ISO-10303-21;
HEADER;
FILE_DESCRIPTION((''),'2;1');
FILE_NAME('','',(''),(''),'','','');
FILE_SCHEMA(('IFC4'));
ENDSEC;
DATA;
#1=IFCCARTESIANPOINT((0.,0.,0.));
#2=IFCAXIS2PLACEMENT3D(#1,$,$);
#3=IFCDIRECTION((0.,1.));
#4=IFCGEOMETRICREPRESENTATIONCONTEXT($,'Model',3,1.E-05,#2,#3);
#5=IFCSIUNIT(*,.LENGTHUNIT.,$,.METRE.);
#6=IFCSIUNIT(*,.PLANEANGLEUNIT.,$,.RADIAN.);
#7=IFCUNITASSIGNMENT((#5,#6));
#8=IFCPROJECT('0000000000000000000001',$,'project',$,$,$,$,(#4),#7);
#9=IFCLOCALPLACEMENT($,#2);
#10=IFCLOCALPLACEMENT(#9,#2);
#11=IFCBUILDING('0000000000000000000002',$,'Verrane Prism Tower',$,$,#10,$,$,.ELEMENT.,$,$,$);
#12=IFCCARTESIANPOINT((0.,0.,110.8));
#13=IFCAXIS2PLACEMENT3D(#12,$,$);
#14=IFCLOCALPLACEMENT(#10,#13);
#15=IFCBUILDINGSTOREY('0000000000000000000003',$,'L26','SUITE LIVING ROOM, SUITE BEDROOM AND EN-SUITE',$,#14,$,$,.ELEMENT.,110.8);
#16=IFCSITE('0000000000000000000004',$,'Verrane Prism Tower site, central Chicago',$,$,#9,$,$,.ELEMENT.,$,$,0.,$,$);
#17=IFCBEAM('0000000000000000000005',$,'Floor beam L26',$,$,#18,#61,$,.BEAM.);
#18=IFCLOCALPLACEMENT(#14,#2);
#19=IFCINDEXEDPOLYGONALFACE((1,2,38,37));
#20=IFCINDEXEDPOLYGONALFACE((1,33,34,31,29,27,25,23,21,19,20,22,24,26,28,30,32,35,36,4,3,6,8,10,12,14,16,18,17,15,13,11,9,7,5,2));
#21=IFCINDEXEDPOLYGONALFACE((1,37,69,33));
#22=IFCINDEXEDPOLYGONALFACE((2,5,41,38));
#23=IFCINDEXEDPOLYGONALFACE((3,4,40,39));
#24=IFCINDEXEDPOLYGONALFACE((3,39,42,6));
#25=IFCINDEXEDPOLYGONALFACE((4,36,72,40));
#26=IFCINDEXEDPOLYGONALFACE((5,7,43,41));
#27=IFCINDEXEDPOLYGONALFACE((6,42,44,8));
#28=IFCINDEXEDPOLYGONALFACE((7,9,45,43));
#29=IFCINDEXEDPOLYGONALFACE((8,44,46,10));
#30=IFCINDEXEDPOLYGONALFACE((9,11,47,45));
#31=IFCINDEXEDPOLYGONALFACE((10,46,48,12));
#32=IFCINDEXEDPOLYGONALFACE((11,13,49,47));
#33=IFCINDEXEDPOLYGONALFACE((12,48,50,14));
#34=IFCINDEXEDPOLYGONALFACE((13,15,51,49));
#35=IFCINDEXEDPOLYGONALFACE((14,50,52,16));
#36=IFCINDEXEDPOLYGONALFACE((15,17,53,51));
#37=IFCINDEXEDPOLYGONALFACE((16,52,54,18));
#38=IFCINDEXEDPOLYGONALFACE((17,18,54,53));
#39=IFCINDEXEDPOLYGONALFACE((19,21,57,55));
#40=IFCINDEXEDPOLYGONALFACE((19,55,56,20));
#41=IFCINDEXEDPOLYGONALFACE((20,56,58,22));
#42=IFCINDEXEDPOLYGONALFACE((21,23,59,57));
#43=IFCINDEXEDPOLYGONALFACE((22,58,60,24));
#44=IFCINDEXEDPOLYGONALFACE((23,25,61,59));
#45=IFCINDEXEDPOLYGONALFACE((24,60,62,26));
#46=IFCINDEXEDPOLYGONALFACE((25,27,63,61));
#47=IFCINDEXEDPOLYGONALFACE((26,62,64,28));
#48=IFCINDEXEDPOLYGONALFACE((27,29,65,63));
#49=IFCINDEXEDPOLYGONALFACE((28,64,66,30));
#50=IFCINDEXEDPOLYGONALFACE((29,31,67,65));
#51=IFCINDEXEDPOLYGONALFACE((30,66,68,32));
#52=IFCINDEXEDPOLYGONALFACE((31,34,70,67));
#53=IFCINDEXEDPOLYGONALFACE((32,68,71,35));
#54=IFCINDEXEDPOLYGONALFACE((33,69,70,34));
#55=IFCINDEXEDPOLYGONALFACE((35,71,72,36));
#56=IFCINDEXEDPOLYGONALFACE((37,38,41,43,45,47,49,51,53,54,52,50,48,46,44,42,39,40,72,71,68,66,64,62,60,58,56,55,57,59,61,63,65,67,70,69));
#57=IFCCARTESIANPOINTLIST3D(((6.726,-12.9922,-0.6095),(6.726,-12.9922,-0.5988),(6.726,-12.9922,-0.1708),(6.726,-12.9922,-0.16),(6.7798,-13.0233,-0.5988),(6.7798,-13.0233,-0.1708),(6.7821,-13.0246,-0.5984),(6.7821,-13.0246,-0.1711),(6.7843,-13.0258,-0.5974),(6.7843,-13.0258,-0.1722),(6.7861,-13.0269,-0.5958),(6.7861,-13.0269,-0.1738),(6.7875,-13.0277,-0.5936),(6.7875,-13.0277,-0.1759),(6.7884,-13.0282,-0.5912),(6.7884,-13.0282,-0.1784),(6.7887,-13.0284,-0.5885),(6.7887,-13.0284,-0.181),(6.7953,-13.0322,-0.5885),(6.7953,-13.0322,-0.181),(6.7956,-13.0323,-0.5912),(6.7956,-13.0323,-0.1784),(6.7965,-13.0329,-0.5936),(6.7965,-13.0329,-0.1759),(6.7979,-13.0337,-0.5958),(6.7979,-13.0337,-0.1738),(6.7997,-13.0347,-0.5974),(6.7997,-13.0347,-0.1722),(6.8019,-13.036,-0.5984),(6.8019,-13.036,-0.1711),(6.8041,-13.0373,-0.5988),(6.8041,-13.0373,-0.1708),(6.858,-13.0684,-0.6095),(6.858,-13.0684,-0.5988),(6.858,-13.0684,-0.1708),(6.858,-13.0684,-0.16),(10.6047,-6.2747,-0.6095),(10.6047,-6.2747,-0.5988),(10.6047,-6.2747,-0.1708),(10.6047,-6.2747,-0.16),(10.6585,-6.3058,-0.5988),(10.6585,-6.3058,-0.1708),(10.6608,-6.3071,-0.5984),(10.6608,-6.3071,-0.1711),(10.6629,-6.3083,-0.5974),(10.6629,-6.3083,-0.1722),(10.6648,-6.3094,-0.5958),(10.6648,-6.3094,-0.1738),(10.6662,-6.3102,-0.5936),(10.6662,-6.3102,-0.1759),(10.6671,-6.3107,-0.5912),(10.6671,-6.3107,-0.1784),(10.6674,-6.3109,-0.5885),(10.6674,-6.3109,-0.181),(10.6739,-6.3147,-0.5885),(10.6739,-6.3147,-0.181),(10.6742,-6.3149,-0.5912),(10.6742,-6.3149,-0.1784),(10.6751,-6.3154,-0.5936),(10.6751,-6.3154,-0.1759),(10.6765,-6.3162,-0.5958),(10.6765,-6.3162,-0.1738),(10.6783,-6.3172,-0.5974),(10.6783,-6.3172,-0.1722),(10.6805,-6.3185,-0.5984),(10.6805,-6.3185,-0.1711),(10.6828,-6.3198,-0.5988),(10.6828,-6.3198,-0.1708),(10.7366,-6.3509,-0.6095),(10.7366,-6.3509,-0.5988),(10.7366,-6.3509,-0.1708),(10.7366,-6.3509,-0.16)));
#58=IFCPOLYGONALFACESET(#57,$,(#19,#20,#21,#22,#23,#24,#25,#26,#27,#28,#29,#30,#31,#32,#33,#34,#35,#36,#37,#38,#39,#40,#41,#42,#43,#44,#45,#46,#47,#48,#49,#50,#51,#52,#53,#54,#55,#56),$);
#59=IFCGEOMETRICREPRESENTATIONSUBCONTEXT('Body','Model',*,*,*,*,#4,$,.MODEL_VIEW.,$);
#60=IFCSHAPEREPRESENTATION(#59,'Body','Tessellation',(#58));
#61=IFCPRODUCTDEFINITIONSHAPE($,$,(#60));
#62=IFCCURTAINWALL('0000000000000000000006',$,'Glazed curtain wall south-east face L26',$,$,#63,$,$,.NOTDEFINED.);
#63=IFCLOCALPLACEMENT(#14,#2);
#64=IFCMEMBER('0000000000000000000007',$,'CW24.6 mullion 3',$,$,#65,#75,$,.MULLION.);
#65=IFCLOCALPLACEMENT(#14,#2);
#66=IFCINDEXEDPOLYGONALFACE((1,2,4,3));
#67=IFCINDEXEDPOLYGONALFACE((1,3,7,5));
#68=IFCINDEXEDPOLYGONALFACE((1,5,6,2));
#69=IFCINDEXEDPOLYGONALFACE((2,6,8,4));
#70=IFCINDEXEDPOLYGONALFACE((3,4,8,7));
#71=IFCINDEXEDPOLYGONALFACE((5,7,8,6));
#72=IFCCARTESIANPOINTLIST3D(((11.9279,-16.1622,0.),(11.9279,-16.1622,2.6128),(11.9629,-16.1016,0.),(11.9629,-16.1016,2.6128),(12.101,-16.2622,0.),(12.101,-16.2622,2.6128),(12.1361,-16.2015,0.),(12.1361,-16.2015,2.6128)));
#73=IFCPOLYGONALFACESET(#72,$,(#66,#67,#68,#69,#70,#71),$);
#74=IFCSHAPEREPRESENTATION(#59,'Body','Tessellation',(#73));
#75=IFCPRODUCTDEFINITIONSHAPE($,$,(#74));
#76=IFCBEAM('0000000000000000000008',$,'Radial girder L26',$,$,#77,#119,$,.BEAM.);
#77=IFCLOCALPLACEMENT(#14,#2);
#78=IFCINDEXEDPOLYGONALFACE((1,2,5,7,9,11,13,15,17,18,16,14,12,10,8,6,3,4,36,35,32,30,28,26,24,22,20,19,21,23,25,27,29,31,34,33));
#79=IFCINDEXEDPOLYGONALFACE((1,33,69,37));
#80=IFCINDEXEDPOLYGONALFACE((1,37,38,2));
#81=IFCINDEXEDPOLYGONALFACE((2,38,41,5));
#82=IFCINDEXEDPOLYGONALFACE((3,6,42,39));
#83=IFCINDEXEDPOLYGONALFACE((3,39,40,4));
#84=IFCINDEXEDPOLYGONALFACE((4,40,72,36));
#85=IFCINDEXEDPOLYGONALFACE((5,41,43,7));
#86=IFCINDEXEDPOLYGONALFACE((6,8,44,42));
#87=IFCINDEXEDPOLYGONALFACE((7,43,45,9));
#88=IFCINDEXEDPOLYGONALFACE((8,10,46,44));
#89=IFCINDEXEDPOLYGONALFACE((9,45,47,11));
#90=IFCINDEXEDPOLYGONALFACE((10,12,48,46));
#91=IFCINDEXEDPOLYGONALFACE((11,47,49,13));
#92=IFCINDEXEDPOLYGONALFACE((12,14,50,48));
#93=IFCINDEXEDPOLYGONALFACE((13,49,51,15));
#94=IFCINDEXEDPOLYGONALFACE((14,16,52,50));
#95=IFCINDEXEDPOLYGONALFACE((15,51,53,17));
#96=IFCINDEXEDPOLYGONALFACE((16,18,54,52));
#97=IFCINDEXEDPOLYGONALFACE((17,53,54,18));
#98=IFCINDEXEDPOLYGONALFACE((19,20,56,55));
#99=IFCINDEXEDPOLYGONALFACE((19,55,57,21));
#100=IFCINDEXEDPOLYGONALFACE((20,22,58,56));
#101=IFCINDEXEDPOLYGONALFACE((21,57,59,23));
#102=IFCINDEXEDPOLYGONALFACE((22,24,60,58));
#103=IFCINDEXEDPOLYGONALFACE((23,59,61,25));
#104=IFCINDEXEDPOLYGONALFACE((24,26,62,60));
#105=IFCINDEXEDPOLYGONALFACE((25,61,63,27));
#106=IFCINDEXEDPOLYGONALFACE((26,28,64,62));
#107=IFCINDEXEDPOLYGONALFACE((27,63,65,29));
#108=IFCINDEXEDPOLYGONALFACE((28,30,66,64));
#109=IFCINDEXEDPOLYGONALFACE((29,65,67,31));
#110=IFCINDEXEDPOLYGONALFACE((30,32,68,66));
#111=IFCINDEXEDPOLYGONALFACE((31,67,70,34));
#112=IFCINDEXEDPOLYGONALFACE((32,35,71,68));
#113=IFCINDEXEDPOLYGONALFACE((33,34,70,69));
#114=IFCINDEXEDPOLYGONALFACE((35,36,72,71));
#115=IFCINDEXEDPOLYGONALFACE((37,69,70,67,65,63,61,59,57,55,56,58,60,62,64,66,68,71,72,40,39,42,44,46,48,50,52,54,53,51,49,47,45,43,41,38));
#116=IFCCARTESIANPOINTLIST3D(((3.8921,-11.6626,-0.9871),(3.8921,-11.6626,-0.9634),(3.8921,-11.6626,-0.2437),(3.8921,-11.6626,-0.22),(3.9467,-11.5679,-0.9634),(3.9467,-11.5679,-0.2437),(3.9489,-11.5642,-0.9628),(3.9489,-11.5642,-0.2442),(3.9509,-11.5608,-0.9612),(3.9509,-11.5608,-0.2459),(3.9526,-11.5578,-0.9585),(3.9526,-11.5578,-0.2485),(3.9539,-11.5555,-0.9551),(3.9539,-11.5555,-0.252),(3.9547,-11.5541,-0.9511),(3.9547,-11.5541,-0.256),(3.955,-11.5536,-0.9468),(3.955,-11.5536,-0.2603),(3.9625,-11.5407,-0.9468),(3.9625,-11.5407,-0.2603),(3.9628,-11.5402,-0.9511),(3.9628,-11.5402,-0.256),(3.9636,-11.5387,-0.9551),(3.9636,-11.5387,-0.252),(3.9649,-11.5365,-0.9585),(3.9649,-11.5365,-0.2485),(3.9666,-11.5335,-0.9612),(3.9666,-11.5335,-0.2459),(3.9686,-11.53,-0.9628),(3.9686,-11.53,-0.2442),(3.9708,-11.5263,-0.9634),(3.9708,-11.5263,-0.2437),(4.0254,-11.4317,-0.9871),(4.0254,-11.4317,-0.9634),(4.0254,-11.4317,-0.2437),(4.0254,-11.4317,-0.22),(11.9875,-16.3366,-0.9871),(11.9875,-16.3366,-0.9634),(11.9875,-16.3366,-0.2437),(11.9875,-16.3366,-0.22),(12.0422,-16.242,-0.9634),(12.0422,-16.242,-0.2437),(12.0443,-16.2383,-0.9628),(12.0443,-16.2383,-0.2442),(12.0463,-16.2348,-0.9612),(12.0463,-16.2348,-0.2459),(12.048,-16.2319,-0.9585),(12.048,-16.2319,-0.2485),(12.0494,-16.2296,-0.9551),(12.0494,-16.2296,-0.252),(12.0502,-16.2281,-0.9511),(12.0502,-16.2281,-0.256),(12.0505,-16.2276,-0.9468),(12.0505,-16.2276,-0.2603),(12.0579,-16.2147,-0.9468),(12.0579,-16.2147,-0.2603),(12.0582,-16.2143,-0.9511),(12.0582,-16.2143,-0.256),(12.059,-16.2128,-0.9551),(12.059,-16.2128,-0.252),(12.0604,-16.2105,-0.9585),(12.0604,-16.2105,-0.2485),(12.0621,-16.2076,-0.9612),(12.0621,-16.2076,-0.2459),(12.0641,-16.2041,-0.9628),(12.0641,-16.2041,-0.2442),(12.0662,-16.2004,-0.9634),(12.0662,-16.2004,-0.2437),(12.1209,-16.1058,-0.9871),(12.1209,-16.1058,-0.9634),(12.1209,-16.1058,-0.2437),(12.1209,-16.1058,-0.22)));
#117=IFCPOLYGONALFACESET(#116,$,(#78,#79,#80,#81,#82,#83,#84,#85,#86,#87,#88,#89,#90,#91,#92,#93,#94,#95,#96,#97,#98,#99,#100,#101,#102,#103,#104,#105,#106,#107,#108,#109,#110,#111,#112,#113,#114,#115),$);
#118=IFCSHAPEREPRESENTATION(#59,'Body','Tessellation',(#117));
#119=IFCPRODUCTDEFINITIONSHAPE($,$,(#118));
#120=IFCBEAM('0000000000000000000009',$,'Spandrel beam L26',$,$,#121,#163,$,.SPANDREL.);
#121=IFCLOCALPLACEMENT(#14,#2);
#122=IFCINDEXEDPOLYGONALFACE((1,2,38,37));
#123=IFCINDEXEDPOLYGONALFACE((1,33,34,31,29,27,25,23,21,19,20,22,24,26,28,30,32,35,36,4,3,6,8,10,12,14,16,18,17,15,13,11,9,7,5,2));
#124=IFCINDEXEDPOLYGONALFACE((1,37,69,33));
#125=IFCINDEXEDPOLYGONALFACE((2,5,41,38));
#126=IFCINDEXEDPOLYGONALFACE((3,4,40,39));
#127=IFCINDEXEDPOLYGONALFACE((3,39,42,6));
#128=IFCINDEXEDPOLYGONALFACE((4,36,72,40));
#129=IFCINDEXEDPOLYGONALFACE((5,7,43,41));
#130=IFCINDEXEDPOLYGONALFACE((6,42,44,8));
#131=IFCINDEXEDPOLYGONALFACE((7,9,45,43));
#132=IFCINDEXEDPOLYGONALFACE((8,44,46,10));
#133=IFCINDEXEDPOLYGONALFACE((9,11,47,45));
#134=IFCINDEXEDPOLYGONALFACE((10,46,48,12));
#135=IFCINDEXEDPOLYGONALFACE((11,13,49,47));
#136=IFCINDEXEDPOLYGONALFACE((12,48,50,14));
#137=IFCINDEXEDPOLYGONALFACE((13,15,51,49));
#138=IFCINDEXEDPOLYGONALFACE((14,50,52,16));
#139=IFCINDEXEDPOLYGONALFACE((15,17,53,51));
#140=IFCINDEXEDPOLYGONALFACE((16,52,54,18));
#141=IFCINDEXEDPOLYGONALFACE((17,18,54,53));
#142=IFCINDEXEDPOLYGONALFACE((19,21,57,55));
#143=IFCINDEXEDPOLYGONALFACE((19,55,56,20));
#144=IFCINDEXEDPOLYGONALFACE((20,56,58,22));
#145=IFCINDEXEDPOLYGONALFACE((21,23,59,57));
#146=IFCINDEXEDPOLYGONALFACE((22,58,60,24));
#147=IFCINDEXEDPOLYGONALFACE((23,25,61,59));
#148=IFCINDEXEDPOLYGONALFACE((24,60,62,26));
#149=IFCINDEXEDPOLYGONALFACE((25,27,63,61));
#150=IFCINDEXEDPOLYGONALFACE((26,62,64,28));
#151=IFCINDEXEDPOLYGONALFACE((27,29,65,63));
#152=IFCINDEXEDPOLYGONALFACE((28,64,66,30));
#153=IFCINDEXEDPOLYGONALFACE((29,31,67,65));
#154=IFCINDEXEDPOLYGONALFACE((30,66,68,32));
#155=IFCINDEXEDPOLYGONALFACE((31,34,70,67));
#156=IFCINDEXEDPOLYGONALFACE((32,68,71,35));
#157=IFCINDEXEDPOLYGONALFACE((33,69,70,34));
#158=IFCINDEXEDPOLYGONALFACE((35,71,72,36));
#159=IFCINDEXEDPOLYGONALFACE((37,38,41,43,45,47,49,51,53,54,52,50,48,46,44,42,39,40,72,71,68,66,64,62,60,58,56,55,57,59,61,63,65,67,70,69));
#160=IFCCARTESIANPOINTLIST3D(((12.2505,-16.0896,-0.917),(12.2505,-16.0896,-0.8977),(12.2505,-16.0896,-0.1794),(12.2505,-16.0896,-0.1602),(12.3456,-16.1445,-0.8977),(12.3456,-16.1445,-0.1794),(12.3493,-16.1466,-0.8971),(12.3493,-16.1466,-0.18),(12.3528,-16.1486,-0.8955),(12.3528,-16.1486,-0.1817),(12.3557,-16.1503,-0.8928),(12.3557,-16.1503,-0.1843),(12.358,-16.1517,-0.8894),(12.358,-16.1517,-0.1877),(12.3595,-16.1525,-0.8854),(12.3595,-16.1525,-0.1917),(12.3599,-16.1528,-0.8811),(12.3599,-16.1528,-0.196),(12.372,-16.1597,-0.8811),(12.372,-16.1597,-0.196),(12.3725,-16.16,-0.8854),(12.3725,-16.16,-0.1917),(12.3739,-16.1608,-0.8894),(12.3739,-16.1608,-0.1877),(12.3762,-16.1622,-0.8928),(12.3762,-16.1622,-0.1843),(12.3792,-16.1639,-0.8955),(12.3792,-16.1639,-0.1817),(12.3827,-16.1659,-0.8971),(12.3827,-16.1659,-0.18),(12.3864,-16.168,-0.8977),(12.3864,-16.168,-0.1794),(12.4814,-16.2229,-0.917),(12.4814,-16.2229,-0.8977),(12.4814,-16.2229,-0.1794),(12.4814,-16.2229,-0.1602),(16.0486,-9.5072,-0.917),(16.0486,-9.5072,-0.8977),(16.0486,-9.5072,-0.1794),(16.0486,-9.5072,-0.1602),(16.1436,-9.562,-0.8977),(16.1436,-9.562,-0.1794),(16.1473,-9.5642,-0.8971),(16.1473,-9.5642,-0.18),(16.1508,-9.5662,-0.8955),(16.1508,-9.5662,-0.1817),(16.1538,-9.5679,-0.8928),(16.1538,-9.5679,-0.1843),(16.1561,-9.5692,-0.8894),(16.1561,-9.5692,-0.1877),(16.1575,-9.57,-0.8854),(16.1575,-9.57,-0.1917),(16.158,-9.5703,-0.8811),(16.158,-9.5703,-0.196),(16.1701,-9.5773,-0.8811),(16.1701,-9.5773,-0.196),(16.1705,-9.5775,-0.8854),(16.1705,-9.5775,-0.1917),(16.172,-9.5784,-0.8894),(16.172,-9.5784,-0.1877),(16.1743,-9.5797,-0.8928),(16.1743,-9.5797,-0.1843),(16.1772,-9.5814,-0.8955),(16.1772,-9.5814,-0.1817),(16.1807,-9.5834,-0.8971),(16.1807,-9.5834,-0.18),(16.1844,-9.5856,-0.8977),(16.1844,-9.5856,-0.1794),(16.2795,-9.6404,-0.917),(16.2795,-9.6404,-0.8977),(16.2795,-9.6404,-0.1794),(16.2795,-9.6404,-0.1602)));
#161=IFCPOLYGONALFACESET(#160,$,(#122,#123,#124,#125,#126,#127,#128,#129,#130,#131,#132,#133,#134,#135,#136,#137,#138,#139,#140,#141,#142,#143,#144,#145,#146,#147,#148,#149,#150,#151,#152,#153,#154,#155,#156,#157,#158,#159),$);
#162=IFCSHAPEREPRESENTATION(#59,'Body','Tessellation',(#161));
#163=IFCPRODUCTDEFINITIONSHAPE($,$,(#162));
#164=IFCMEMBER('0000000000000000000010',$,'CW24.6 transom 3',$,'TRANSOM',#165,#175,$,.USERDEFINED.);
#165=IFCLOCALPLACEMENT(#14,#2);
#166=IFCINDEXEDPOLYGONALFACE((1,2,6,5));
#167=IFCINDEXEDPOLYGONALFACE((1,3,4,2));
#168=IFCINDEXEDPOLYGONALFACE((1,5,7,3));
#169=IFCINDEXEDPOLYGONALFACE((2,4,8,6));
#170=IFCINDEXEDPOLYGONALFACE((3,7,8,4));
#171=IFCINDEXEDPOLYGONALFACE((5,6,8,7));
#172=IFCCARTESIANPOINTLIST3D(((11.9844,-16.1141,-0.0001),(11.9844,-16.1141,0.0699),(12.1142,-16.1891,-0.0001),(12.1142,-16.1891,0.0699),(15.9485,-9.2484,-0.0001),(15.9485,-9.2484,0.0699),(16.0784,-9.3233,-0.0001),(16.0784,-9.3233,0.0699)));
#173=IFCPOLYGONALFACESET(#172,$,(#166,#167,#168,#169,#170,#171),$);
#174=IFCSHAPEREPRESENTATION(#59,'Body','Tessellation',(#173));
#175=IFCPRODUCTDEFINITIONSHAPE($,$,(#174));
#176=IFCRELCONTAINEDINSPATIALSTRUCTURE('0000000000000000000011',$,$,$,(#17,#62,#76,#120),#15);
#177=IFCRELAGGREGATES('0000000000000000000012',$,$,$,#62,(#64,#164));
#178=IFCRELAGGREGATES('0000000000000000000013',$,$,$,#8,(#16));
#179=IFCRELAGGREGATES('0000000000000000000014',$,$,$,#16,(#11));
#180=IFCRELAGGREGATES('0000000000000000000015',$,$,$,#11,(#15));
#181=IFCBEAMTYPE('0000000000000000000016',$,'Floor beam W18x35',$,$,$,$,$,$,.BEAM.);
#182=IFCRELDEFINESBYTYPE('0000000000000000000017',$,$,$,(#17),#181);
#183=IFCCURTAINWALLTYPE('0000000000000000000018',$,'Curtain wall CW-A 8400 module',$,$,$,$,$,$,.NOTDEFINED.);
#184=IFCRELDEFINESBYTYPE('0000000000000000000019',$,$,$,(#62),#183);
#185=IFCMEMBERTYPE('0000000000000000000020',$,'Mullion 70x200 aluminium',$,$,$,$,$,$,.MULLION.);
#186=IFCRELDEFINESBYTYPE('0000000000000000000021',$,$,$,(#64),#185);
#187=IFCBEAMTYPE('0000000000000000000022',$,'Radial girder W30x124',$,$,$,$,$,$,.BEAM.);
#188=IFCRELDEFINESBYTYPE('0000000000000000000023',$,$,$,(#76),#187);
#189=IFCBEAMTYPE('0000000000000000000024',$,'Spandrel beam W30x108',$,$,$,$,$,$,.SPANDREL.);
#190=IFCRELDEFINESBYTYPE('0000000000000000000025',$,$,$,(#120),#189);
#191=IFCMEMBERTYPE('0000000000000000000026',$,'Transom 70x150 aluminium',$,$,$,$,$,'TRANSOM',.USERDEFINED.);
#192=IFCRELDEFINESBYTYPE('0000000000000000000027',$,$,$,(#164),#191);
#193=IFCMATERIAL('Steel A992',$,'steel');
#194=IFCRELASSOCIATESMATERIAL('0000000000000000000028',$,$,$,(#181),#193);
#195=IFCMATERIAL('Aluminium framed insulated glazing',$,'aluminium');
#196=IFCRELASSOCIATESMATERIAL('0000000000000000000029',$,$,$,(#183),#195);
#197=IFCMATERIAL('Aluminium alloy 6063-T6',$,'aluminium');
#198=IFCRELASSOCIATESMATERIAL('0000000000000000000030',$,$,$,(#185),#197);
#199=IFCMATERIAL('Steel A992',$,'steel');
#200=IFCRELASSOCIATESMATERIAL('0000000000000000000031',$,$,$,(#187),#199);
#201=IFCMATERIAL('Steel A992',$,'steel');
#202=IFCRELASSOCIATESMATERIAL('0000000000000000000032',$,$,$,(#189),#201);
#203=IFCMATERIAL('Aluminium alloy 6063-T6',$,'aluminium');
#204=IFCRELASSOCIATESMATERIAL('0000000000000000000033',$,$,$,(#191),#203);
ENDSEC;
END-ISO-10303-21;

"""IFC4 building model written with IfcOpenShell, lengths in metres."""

from ifc_helpers import new_model, si_unit, direction, frame, origin, origin_2d, place, context, subcontext, project, spatial, rectangle, i_section, extrude, material, material_profile, profile_set, type_object, element, aggregate, save


model = new_model("IFC4")

# Units and contexts
model_context = context("Model", 3, precision=1e-05, world=origin(), true_north=direction((0.0, 1.0)))
body_context = subcontext(model_context, "Body", "Model", "MODEL_VIEW")
ifc_project = project(units=[si_unit("LENGTHUNIT", "METRE"), si_unit("PLANEANGLEUNIT", "RADIAN")], contexts=[model_context])

# Site, building, storey
site_placement = place(None, origin())
site = spatial("IfcSite", under=ifc_project, at=site_placement, Name="Verrane Prism Tower site, central Chicago", CompositionType="ELEMENT", RefElevation=0.0)
building_placement = place(site_placement, origin())
building = spatial("IfcBuilding", under=site, at=building_placement, Name="Verrane Prism Tower", CompositionType="ELEMENT")
storey_placement = place(building_placement, frame((0.0, 0.0, 110.8)))
storey = spatial("IfcBuildingStorey", under=building, at=storey_placement, Name="L26", Description="SUITE LIVING ROOM, SUITE BEDROOM AND EN-SUITE", CompositionType="ELEMENT", Elevation=110.8)

# Beam
ifc_material_1 = material(Name="Steel A992", Category="steel")
ifc_material_profile_1 = material_profile(ifc_material_1, i_section(OverallWidth=0.1523, OverallDepth=0.4495, WebThickness=0.0076, FlangeThickness=0.0107, FilletRadius=0.0103, at=origin_2d()), Name="W18x35")
ifc_profile_set_1 = profile_set([ifc_material_profile_1], Name="Steel A992")
beam_type_1 = type_object("IfcBeamType", Name="Floor beam W18x35", PredefinedType="BEAM", material=ifc_profile_set_1)
for number, where, z_axis, x_axis, name in (
    (1, (6.792, -13.0303, -0.3848), (0.500028, 0.866009, 0.0), (-0.866009, 0.500028, 0.0), "Floor beam L26"),
):
    element("IfcBeam", number, at=place(storey_placement, frame(where, z_axis=z_axis, x_axis=x_axis)), inside=storey, type_object=beam_type_1, Name=name, PredefinedType="BEAM", context=body_context, shape_type="SweptSolid", body=[
        extrude(i_section(OverallWidth=0.1523, OverallDepth=0.4495, WebThickness=0.0076, FlangeThickness=0.0107, FilletRadius=0.0103, at=origin_2d()), origin(), (0.0, 0.0, 1.0), 7.7568),
    ])

# Curtain wall, member
ifc_material_2 = material(Name="Aluminium framed insulated glazing", Category="aluminium")
curtain_wall_type = type_object("IfcCurtainWallType", Name="Curtain wall CW-A 8400 module", PredefinedType="NOTDEFINED", material=ifc_material_2)
curtain_wall_placement = place(storey_placement, origin())
curtain_wall = element("IfcCurtainWall", 2, at=curtain_wall_placement, inside=storey, type_object=curtain_wall_type, Name="Glazed curtain wall south-east face L26", PredefinedType="NOTDEFINED")
ifc_material_3 = material(Name="Aluminium alloy 6063-T6", Category="aluminium")
ifc_material_profile_2 = material_profile(ifc_material_3, rectangle(XDim=0.2, YDim=0.0701, at=origin_2d()), Name="Mullion 70x200 aluminium")
ifc_profile_set_2 = profile_set([ifc_material_profile_2], Name="Aluminium alloy 6063-T6")
member_type_1 = type_object("IfcMemberType", Name="Mullion 70x200 aluminium", PredefinedType="MULLION", material=ifc_profile_set_2)
member_1_placement = place(storey_placement, frame((12.032, -16.1819, 0.0), z_axis=(0.0, 0.0, 1.0), x_axis=(-0.866025, 0.5, 0.0)))
member_1 = element("IfcMember", 3, at=member_1_placement, type_object=member_type_1, Name="CW24.6 mullion 3", PredefinedType="MULLION", context=body_context, shape_type="SweptSolid", body=[
    extrude(rectangle(XDim=0.2, YDim=0.0701, at=origin_2d()), origin(), (0.0, 0.0, 1.0), 2.6128),
])

# Beams
ifc_material_4 = material(Name="Steel A992", Category="steel")
ifc_material_profile_3 = material_profile(ifc_material_4, i_section(OverallWidth=0.2666, OverallDepth=0.7671, WebThickness=0.0149, FlangeThickness=0.0237, FilletRadius=0.0166, at=origin_2d()), Name="W30x124")
ifc_profile_set_3 = profile_set([ifc_material_profile_3], Name="Steel A992")
beam_type_2 = type_object("IfcBeamType", Name="Radial girder W30x124", PredefinedType="BEAM", material=ifc_profile_set_3)
beam_1_placement = place(storey_placement, frame((12.0542, -16.2212, -0.6035), z_axis=(-0.866018, 0.500013, 0.0), x_axis=(-0.500013, -0.866018, 0.0)))
element("IfcBeam", 4, at=beam_1_placement, inside=storey, type_object=beam_type_2, Name="Radial girder L26", PredefinedType="BEAM", context=body_context, shape_type="SweptSolid", body=[
    extrude(i_section(OverallWidth=0.2666, OverallDepth=0.7671, WebThickness=0.0149, FlangeThickness=0.0237, FilletRadius=0.0166, at=origin_2d()), origin(), (0.0, 0.0, 1.0), 9.3479),
])
ifc_material_5 = material(Name="Steel A992", Category="steel")
ifc_material_profile_4 = material_profile(ifc_material_5, i_section(OverallWidth=0.2666, OverallDepth=0.7568, WebThickness=0.0139, FlangeThickness=0.0193, FilletRadius=0.0166, at=origin_2d()), Name="W30x108")
ifc_profile_set_4 = profile_set([ifc_material_profile_4], Name="Steel A992")
beam_type_3 = type_object("IfcBeamType", Name="Spandrel beam W30x108", PredefinedType="SPANDREL", material=ifc_profile_set_4)
beam_2_placement = place(storey_placement, frame((12.366, -16.1562, -0.5386), z_axis=(0.499771, 0.866158, 0.0), x_axis=(-0.866158, 0.499771, 0.0)))
element("IfcBeam", 5, at=beam_2_placement, inside=storey, type_object=beam_type_3, Name="Spandrel beam L26", PredefinedType="SPANDREL", context=body_context, shape_type="SweptSolid", body=[
    extrude(i_section(OverallWidth=0.2666, OverallDepth=0.7568, WebThickness=0.0139, FlangeThickness=0.0193, FilletRadius=0.0166, at=origin_2d()), origin(), (0.0, 0.0, 1.0), 7.5996),
])

# Member
ifc_material_6 = material(Name="Aluminium alloy 6063-T6", Category="aluminium")
ifc_material_profile_5 = material_profile(ifc_material_6, rectangle(XDim=0.1499, YDim=0.0701, at=origin_2d()), Name="Transom 70x150 aluminium")
ifc_profile_set_5 = profile_set([ifc_material_profile_5], Name="Aluminium alloy 6063-T6")
member_type_2 = type_object("IfcMemberType", Name="Transom 70x150 aluminium", ElementType="TRANSOM", PredefinedType="USERDEFINED", material=ifc_profile_set_5)
member_2_placement = place(storey_placement, frame((12.0493, -16.1516, 0.0349), z_axis=(0.500017, 0.866015, 0.0), x_axis=(-0.866015, 0.500017, 0.0)))
member_2 = element("IfcMember", 6, at=member_2_placement, type_object=member_type_2, Name="CW24.6 transom 3", ObjectType="TRANSOM", PredefinedType="USERDEFINED", context=body_context, shape_type="SweptSolid", body=[
    extrude(rectangle(XDim=0.1499, YDim=0.0701, at=origin_2d()), origin(), (0.0, 0.0, 1.0), 7.928),
])

aggregate(curtain_wall, [member_1, member_2])

save(model, "model.ifc")
